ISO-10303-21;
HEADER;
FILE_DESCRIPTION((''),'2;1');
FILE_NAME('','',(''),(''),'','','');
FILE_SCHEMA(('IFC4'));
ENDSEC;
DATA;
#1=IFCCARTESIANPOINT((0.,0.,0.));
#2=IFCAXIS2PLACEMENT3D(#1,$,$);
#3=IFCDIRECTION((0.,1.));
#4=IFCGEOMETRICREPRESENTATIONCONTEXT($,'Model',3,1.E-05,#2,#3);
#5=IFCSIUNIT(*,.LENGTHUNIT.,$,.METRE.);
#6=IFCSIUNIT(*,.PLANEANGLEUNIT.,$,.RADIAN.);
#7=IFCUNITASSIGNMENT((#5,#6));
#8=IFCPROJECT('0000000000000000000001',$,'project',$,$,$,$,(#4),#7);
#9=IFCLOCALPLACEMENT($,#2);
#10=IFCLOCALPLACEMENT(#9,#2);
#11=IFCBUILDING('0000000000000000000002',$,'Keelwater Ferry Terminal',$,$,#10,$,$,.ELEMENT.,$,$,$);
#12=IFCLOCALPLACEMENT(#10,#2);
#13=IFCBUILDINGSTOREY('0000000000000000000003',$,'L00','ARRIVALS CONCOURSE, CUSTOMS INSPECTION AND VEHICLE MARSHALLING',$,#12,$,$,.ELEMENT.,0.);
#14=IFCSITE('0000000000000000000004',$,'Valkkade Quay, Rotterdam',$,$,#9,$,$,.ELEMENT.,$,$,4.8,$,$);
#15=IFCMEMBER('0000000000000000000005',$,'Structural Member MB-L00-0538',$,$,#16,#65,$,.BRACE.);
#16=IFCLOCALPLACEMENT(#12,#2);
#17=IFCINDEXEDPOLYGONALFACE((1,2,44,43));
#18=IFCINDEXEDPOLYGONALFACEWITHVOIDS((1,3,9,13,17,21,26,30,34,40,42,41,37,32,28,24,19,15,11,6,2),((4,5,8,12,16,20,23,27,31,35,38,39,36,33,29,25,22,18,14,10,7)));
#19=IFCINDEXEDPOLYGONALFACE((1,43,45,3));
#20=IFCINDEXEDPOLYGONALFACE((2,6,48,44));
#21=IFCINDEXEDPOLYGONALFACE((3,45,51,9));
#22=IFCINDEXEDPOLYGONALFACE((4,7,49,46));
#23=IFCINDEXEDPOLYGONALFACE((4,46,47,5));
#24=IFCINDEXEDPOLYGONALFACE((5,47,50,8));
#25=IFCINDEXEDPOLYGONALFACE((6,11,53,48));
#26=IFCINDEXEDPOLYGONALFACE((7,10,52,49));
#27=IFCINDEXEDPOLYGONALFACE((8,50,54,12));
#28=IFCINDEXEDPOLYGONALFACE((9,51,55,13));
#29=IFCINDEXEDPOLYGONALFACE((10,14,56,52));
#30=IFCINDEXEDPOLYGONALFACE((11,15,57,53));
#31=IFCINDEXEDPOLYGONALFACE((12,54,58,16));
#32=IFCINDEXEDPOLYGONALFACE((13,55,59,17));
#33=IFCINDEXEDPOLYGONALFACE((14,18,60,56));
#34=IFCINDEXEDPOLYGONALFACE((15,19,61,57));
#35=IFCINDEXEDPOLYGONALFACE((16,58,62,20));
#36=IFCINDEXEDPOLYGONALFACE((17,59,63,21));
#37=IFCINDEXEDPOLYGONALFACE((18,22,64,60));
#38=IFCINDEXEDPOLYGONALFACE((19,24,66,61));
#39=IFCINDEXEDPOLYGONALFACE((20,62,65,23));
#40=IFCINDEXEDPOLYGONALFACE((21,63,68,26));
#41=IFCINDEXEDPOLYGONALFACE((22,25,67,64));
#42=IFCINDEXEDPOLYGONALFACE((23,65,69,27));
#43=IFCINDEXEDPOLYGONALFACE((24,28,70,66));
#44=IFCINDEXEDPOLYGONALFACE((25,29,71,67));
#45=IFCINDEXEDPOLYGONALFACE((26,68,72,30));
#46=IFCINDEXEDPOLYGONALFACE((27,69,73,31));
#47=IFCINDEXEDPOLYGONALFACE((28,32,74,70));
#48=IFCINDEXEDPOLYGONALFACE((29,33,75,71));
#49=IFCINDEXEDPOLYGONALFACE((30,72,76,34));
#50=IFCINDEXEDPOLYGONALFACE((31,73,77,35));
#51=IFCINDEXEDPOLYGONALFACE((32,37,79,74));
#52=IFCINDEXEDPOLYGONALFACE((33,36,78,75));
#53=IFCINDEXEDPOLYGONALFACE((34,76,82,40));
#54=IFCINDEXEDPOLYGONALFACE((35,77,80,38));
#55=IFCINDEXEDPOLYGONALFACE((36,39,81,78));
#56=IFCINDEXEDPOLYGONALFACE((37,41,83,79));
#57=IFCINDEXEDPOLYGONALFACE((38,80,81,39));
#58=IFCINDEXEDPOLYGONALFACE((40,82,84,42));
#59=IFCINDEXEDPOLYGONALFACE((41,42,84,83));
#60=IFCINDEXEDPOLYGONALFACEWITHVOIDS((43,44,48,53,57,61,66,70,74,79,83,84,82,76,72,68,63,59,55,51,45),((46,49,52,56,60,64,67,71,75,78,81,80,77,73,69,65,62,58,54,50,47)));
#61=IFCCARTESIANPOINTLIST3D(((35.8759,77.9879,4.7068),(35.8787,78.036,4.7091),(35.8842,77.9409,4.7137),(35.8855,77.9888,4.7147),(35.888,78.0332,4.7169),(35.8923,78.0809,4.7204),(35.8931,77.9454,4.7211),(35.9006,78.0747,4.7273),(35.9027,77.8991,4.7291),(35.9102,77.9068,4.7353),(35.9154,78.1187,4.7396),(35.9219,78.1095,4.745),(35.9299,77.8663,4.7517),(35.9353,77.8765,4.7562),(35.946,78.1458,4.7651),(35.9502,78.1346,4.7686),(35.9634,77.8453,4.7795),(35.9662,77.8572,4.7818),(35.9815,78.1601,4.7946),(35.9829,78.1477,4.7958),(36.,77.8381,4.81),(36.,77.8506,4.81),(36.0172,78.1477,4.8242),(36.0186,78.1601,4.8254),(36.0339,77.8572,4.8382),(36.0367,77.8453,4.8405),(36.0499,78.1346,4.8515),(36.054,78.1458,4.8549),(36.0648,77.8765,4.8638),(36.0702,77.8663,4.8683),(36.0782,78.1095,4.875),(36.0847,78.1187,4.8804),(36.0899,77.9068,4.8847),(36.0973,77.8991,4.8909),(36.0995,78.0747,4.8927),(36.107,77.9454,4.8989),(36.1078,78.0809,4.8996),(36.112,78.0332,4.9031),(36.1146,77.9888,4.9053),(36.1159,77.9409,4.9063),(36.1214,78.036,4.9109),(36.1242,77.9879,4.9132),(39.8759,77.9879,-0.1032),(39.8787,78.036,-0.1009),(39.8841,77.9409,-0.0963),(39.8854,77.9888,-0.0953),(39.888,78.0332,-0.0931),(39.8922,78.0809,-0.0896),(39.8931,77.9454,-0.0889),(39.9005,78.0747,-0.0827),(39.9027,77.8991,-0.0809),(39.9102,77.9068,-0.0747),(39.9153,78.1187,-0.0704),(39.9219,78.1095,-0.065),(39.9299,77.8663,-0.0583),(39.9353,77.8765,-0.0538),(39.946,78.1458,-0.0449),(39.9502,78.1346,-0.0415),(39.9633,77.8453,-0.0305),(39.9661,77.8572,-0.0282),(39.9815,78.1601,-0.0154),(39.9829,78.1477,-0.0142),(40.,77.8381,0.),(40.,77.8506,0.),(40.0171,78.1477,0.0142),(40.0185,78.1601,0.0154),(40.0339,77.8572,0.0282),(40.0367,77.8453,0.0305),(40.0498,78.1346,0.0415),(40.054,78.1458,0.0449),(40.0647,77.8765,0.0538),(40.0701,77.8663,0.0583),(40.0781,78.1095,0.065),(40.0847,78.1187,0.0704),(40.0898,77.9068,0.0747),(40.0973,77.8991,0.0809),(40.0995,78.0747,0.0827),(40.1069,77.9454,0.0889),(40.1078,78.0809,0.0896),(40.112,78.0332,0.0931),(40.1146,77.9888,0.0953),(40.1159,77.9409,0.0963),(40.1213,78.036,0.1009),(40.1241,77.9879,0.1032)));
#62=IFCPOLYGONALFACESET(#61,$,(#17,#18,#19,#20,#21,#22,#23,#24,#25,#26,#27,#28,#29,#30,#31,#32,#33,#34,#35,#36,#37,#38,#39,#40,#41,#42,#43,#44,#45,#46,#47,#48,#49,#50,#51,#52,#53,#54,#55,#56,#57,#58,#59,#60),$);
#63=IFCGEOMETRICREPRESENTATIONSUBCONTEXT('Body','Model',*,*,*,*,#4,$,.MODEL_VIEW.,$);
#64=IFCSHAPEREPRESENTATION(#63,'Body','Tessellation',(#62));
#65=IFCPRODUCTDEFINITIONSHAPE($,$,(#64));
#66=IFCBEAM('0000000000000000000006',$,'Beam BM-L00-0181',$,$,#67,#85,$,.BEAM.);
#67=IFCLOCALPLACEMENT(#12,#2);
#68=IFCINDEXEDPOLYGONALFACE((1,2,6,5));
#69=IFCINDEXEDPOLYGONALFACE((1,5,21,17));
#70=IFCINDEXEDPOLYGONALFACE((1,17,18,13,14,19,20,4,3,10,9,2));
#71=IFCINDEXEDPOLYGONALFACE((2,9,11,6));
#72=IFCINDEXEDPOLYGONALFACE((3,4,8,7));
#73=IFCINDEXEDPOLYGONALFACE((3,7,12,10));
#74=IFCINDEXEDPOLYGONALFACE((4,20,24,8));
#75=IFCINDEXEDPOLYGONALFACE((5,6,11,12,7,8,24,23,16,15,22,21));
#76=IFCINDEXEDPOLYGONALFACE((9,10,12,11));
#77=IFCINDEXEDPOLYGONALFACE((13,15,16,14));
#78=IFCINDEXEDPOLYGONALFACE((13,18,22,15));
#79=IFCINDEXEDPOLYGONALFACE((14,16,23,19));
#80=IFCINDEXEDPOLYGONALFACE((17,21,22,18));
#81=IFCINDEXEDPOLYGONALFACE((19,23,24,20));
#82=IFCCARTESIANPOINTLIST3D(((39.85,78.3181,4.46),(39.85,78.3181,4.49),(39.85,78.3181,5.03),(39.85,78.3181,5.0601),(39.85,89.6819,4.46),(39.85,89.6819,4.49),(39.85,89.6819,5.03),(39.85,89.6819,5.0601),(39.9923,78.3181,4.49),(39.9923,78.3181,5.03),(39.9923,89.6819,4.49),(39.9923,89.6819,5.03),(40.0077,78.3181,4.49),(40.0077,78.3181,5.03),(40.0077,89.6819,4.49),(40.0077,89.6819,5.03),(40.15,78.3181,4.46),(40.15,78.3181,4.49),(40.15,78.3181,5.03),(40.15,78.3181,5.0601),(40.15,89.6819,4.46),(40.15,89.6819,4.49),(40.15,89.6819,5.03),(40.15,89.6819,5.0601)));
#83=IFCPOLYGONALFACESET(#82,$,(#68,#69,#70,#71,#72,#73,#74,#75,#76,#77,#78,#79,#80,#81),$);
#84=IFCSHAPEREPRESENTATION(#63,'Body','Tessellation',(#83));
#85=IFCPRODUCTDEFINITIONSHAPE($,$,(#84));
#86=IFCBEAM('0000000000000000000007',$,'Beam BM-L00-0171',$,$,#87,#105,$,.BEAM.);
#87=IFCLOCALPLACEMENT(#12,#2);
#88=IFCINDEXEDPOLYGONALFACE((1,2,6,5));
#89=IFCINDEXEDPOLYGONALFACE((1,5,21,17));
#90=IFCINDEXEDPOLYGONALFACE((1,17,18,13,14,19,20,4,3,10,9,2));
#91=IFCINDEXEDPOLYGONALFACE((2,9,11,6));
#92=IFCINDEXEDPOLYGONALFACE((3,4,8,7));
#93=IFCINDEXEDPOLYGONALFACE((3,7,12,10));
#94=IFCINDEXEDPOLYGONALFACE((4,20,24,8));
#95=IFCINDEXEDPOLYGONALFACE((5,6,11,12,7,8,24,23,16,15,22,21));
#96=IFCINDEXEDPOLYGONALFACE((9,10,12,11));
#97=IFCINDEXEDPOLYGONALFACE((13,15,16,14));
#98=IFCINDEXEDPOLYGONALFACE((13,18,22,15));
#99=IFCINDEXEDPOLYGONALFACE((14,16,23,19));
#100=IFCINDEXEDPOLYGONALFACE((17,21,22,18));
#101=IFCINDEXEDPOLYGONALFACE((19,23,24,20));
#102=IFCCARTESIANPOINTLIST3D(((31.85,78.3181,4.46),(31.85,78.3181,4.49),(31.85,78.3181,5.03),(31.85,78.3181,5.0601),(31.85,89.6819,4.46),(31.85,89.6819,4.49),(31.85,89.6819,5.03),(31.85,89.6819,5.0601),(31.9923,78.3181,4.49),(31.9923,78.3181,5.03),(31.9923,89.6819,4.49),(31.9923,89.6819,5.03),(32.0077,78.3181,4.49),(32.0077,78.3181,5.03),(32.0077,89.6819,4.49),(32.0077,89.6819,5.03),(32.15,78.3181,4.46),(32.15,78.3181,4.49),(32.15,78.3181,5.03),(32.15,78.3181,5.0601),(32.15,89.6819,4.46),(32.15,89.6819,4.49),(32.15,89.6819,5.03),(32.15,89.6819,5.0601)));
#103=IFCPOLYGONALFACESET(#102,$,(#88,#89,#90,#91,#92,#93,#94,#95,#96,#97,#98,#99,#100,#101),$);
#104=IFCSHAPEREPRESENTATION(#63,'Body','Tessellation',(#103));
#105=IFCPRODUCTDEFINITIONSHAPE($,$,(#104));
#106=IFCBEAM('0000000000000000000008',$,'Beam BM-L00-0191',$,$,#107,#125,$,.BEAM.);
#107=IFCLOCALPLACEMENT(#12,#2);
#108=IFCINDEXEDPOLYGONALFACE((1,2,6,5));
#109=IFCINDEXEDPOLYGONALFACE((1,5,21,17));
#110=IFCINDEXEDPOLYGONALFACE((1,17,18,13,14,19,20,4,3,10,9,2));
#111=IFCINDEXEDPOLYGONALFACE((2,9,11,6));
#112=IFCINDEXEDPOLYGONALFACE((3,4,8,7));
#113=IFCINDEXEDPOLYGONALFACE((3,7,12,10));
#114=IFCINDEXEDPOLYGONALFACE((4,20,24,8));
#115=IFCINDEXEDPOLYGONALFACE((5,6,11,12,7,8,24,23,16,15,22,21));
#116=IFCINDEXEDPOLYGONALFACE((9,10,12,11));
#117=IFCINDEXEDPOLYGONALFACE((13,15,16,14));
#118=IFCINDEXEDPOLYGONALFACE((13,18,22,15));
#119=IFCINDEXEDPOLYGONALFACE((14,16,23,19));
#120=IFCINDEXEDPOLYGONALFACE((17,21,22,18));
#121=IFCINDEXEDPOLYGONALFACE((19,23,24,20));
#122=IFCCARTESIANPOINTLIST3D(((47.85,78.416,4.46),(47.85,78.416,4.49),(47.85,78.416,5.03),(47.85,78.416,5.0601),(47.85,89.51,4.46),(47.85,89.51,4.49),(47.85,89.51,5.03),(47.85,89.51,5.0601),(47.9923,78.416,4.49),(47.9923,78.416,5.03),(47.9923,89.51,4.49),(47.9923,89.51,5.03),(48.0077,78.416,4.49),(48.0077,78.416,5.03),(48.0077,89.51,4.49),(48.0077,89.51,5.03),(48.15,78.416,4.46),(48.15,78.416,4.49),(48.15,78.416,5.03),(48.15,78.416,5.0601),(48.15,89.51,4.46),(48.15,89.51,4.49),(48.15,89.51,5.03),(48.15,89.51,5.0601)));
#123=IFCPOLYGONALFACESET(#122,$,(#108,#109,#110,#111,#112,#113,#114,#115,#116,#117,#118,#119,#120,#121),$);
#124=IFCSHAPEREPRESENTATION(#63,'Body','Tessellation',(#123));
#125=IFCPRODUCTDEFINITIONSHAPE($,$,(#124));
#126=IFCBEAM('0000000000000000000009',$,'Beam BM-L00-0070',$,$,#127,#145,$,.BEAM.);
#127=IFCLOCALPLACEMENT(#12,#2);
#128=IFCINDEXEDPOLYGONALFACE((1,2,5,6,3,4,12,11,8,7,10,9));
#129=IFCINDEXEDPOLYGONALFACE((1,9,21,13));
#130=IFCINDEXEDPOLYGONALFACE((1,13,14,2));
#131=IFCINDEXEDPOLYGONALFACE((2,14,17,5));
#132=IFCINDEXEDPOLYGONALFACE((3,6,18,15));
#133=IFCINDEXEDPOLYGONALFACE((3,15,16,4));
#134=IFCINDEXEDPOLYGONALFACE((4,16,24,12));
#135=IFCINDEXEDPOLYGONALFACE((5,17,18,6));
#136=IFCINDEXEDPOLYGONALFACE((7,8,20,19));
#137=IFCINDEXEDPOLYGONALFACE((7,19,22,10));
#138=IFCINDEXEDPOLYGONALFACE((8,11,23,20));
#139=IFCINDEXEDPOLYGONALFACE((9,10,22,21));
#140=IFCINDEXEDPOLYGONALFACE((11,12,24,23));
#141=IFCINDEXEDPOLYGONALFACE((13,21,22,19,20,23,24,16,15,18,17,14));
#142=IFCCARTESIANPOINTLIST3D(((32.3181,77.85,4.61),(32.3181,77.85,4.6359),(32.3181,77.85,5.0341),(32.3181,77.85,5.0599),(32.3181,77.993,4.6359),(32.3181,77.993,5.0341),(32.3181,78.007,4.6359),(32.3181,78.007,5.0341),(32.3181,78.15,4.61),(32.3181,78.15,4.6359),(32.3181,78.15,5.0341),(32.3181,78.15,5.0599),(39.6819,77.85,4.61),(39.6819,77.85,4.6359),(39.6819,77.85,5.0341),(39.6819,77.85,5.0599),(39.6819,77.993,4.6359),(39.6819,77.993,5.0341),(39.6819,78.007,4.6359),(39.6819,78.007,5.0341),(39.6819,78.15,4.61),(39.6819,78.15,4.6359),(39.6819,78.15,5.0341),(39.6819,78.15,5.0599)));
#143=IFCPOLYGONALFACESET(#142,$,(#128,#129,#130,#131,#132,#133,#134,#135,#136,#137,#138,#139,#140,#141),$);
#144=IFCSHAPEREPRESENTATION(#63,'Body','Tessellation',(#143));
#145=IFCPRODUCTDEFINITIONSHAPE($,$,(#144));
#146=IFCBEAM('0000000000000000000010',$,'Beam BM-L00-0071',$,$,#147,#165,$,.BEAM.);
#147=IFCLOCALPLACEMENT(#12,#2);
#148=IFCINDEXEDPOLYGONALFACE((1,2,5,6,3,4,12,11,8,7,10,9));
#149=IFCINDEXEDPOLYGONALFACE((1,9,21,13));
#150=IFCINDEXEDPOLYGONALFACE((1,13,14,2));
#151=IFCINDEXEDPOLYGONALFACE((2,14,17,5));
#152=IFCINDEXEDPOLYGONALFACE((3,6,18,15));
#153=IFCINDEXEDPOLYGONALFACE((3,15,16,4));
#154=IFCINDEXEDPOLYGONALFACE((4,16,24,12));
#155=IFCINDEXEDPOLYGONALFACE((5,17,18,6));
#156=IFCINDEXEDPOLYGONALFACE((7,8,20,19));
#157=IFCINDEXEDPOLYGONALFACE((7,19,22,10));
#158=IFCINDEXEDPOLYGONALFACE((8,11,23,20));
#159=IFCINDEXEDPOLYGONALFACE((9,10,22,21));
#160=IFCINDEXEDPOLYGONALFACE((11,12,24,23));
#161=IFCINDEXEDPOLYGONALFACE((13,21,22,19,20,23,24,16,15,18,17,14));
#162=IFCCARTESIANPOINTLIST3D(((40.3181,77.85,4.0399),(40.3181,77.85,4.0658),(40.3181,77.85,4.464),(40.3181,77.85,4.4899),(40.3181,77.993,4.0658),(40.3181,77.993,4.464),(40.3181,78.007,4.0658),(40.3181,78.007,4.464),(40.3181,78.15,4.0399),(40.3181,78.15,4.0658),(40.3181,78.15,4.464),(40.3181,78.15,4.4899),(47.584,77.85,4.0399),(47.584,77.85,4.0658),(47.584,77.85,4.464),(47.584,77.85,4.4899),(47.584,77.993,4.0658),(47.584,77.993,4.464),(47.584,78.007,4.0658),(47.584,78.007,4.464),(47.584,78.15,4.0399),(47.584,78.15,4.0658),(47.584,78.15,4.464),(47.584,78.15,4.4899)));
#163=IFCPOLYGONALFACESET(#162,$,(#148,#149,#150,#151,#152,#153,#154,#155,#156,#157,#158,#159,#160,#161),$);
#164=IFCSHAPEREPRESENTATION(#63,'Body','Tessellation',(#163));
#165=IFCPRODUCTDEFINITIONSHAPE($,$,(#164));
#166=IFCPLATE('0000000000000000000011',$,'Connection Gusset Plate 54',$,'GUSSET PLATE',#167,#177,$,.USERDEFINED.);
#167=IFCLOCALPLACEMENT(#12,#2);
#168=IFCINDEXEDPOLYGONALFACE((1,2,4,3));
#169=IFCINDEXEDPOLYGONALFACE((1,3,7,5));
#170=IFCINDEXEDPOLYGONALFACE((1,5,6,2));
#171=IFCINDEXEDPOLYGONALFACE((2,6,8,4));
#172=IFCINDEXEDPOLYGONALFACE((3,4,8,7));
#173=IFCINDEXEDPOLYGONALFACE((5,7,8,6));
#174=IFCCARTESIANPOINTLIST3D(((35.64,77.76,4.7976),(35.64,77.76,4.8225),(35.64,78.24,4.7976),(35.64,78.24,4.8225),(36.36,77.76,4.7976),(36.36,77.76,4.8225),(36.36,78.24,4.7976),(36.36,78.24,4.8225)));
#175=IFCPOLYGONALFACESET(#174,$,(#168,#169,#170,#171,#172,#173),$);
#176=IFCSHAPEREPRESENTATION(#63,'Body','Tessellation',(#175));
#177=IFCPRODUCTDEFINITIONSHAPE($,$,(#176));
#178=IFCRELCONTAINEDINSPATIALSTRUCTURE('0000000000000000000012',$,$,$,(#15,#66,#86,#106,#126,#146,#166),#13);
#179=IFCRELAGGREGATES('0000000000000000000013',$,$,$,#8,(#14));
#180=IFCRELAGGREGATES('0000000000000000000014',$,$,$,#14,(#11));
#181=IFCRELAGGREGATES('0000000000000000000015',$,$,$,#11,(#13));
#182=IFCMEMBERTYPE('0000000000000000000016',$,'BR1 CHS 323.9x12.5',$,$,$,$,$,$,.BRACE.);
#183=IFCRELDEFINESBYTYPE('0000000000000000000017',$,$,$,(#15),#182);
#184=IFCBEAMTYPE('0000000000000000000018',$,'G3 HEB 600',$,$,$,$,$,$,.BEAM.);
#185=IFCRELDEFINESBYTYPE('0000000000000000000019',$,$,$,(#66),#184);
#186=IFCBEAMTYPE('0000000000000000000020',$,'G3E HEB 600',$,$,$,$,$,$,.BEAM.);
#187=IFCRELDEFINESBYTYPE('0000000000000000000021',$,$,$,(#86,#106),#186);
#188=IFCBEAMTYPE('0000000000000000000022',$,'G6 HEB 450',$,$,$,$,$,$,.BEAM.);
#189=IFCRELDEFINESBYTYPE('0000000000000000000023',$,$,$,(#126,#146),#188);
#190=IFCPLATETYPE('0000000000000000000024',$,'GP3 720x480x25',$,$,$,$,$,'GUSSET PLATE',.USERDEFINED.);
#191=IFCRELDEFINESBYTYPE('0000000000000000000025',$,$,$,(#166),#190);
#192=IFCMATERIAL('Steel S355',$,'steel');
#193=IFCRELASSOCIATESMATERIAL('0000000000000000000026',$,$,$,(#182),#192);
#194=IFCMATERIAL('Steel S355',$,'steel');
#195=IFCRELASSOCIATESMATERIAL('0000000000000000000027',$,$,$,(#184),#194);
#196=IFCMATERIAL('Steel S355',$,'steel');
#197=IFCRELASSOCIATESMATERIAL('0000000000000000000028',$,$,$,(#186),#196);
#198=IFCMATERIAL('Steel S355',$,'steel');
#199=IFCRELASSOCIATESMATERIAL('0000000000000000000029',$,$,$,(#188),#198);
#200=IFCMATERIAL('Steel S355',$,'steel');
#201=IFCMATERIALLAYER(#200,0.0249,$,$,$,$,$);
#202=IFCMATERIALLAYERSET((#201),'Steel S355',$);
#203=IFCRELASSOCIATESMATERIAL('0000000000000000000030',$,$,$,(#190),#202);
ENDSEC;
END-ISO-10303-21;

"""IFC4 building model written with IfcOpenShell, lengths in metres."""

from ifc_helpers import new_model, si_unit, direction, frame, origin, origin_2d, place, context, subcontext, project, spatial, rectangle, hollow_circle, i_section, extrude, material, layer, layer_set, material_profile, profile_set, type_object, element, save


model = new_model("IFC4")

# Units and contexts
model_context = context("Model", 3, precision=1e-05, world=origin(), true_north=direction((0.0, 1.0)))
body_context = subcontext(model_context, "Body", "Model", "MODEL_VIEW")
ifc_project = project(units=[si_unit("LENGTHUNIT", "METRE"), si_unit("PLANEANGLEUNIT", "RADIAN")], contexts=[model_context])

# Site, building, storey
site_placement = place(None, origin())
site = spatial("IfcSite", under=ifc_project, at=site_placement, Name="Valkkade Quay, Rotterdam", CompositionType="ELEMENT", RefElevation=4.8)
building_placement = place(site_placement, origin())
building = spatial("IfcBuilding", under=site, at=building_placement, Name="Keelwater Ferry Terminal", CompositionType="ELEMENT")
storey_placement = place(building_placement, origin())
storey = spatial("IfcBuildingStorey", under=building, at=storey_placement, Name="L00", Description="ARRIVALS CONCOURSE, CUSTOMS INSPECTION AND VEHICLE MARSHALLING", CompositionType="ELEMENT", Elevation=0.0)

# Member
ifc_material_1 = material(Name="Steel S355", Category="steel")
ifc_material_profile_1 = material_profile(ifc_material_1, hollow_circle(Radius=0.1619, WallThickness=0.0125, at=origin_2d()), Name="CHS 323.9x12.5")
ifc_profile_set_1 = profile_set([ifc_material_profile_1], Name="Steel S355")
member_type = type_object("IfcMemberType", Name="BR1 CHS 323.9x12.5", PredefinedType="BRACE", material=ifc_profile_set_1)
member_placement = place(storey_placement, frame((40.0, 78.0, 0.0), z_axis=(-0.639393, 0.0, 0.76888), x_axis=(0.0, -1.0, 0.0)))
element("IfcMember", 1, at=member_placement, inside=storey, type_object=member_type, Name="Structural Member MB-L00-0538", PredefinedType="BRACE", context=body_context, shape_type="SweptSolid", body=[
    extrude(hollow_circle(Radius=0.1619, WallThickness=0.0125, at=origin_2d()), origin(), (0.0, 0.0, 1.0), 6.2559),
])

# Beams
ifc_material_2 = material(Name="Steel S355", Category="steel")
ifc_material_profile_2 = material_profile(ifc_material_2, i_section(OverallWidth=0.3, OverallDepth=0.6001, WebThickness=0.0154, FlangeThickness=0.03, at=origin_2d()), Name="HEB 600")
ifc_profile_set_2 = profile_set([ifc_material_profile_2], Name="Steel S355")
beam_type_1 = type_object("IfcBeamType", Name="G3 HEB 600", PredefinedType="BEAM", material=ifc_profile_set_2)
beam_1_placement = place(storey_placement, frame((40.0, 78.3181, 4.76), z_axis=(0.0, 1.0, 0.0), x_axis=(-1.0, 0.0, 0.0)))
element("IfcBeam", 2, at=beam_1_placement, inside=storey, type_object=beam_type_1, Name="Beam BM-L00-0181", PredefinedType="BEAM", context=body_context, shape_type="SweptSolid", body=[
    extrude(i_section(OverallWidth=0.3, OverallDepth=0.6001, WebThickness=0.0154, FlangeThickness=0.03, at=origin_2d()), origin(), (0.0, 0.0, 1.0), 11.3638),
])
ifc_material_3 = material(Name="Steel S355", Category="steel")
ifc_material_profile_3 = material_profile(ifc_material_3, i_section(OverallWidth=0.3, OverallDepth=0.6001, WebThickness=0.0154, FlangeThickness=0.03, at=origin_2d()), Name="HEB 600")
ifc_profile_set_3 = profile_set([ifc_material_profile_3], Name="Steel S355")
beam_type_2 = type_object("IfcBeamType", Name="G3E HEB 600", PredefinedType="BEAM", material=ifc_profile_set_3)
beam_2_placement = place(storey_placement, frame((32.0, 78.3181, 4.76), z_axis=(0.0, 1.0, 0.0), x_axis=(-1.0, 0.0, 0.0)))
element("IfcBeam", 3, at=beam_2_placement, inside=storey, type_object=beam_type_2, Name="Beam BM-L00-0171", PredefinedType="BEAM", context=body_context, shape_type="SweptSolid", body=[
    extrude(i_section(OverallWidth=0.3, OverallDepth=0.6001, WebThickness=0.0154, FlangeThickness=0.03, at=origin_2d()), origin(), (0.0, 0.0, 1.0), 11.3638),
])
beam_3_placement = place(storey_placement, frame((48.0, 78.416, 4.76), z_axis=(0.0, 1.0, 0.0), x_axis=(-1.0, 0.0, 0.0)))
element("IfcBeam", 4, at=beam_3_placement, inside=storey, type_object=beam_type_2, Name="Beam BM-L00-0191", PredefinedType="BEAM", context=body_context, shape_type="SweptSolid", body=[
    extrude(i_section(OverallWidth=0.3, OverallDepth=0.6001, WebThickness=0.0154, FlangeThickness=0.03, at=origin_2d()), origin(), (0.0, 0.0, 1.0), 11.094),
])
ifc_material_4 = material(Name="Steel S355", Category="steel")
ifc_material_profile_4 = material_profile(ifc_material_4, i_section(OverallWidth=0.3, OverallDepth=0.45, WebThickness=0.0139, FlangeThickness=0.0259, at=origin_2d()), Name="HEB 450")
ifc_profile_set_4 = profile_set([ifc_material_profile_4], Name="Steel S355")
beam_type_3 = type_object("IfcBeamType", Name="G6 HEB 450", PredefinedType="BEAM", material=ifc_profile_set_4)
beam_4_placement = place(storey_placement, frame((32.3181, 78.0, 4.835), z_axis=(1.0, 0.0, 0.0), x_axis=(0.0, 1.0, 0.0)))
element("IfcBeam", 5, at=beam_4_placement, inside=storey, type_object=beam_type_3, Name="Beam BM-L00-0070", PredefinedType="BEAM", context=body_context, shape_type="SweptSolid", body=[
    extrude(i_section(OverallWidth=0.3, OverallDepth=0.45, WebThickness=0.0139, FlangeThickness=0.0259, at=origin_2d()), origin(), (0.0, 0.0, 1.0), 7.3638),
])
beam_5_placement = place(storey_placement, frame((40.3181, 78.0, 4.2649), z_axis=(1.0, 0.0, 0.0), x_axis=(0.0, 1.0, 0.0)))
element("IfcBeam", 6, at=beam_5_placement, inside=storey, type_object=beam_type_3, Name="Beam BM-L00-0071", PredefinedType="BEAM", context=body_context, shape_type="SweptSolid", body=[
    extrude(i_section(OverallWidth=0.3, OverallDepth=0.45, WebThickness=0.0139, FlangeThickness=0.0259, at=origin_2d()), origin(), (0.0, 0.0, 1.0), 7.2659),
])

# Plate
ifc_material_5 = material(Name="Steel S355", Category="steel")
ifc_layer_1 = layer(ifc_material_5, 0.0249)
ifc_layer_set_1 = layer_set([ifc_layer_1], Name="Steel S355")
plate_type = type_object("IfcPlateType", Name="GP3 720x480x25", ElementType="GUSSET PLATE", PredefinedType="USERDEFINED", material=ifc_layer_set_1)
for number, where, z_axis, x_axis, name in (
    (7, (36.0, 78.0, 4.7976), (0.0, 0.0, 1.0), (1.0, 0.0, 0.0), "Connection Gusset Plate 54"),
):
    element("IfcPlate", number, at=place(storey_placement, frame(where, z_axis=z_axis, x_axis=x_axis)), inside=storey, type_object=plate_type, Name=name, ObjectType="GUSSET PLATE", PredefinedType="USERDEFINED", context=body_context, shape_type="SweptSolid", body=[
        extrude(rectangle(XDim=0.72, YDim=0.48, at=origin_2d()), origin(), (0.0, 0.0, 1.0), 0.0249),
    ])

save(model, "model.ifc")
